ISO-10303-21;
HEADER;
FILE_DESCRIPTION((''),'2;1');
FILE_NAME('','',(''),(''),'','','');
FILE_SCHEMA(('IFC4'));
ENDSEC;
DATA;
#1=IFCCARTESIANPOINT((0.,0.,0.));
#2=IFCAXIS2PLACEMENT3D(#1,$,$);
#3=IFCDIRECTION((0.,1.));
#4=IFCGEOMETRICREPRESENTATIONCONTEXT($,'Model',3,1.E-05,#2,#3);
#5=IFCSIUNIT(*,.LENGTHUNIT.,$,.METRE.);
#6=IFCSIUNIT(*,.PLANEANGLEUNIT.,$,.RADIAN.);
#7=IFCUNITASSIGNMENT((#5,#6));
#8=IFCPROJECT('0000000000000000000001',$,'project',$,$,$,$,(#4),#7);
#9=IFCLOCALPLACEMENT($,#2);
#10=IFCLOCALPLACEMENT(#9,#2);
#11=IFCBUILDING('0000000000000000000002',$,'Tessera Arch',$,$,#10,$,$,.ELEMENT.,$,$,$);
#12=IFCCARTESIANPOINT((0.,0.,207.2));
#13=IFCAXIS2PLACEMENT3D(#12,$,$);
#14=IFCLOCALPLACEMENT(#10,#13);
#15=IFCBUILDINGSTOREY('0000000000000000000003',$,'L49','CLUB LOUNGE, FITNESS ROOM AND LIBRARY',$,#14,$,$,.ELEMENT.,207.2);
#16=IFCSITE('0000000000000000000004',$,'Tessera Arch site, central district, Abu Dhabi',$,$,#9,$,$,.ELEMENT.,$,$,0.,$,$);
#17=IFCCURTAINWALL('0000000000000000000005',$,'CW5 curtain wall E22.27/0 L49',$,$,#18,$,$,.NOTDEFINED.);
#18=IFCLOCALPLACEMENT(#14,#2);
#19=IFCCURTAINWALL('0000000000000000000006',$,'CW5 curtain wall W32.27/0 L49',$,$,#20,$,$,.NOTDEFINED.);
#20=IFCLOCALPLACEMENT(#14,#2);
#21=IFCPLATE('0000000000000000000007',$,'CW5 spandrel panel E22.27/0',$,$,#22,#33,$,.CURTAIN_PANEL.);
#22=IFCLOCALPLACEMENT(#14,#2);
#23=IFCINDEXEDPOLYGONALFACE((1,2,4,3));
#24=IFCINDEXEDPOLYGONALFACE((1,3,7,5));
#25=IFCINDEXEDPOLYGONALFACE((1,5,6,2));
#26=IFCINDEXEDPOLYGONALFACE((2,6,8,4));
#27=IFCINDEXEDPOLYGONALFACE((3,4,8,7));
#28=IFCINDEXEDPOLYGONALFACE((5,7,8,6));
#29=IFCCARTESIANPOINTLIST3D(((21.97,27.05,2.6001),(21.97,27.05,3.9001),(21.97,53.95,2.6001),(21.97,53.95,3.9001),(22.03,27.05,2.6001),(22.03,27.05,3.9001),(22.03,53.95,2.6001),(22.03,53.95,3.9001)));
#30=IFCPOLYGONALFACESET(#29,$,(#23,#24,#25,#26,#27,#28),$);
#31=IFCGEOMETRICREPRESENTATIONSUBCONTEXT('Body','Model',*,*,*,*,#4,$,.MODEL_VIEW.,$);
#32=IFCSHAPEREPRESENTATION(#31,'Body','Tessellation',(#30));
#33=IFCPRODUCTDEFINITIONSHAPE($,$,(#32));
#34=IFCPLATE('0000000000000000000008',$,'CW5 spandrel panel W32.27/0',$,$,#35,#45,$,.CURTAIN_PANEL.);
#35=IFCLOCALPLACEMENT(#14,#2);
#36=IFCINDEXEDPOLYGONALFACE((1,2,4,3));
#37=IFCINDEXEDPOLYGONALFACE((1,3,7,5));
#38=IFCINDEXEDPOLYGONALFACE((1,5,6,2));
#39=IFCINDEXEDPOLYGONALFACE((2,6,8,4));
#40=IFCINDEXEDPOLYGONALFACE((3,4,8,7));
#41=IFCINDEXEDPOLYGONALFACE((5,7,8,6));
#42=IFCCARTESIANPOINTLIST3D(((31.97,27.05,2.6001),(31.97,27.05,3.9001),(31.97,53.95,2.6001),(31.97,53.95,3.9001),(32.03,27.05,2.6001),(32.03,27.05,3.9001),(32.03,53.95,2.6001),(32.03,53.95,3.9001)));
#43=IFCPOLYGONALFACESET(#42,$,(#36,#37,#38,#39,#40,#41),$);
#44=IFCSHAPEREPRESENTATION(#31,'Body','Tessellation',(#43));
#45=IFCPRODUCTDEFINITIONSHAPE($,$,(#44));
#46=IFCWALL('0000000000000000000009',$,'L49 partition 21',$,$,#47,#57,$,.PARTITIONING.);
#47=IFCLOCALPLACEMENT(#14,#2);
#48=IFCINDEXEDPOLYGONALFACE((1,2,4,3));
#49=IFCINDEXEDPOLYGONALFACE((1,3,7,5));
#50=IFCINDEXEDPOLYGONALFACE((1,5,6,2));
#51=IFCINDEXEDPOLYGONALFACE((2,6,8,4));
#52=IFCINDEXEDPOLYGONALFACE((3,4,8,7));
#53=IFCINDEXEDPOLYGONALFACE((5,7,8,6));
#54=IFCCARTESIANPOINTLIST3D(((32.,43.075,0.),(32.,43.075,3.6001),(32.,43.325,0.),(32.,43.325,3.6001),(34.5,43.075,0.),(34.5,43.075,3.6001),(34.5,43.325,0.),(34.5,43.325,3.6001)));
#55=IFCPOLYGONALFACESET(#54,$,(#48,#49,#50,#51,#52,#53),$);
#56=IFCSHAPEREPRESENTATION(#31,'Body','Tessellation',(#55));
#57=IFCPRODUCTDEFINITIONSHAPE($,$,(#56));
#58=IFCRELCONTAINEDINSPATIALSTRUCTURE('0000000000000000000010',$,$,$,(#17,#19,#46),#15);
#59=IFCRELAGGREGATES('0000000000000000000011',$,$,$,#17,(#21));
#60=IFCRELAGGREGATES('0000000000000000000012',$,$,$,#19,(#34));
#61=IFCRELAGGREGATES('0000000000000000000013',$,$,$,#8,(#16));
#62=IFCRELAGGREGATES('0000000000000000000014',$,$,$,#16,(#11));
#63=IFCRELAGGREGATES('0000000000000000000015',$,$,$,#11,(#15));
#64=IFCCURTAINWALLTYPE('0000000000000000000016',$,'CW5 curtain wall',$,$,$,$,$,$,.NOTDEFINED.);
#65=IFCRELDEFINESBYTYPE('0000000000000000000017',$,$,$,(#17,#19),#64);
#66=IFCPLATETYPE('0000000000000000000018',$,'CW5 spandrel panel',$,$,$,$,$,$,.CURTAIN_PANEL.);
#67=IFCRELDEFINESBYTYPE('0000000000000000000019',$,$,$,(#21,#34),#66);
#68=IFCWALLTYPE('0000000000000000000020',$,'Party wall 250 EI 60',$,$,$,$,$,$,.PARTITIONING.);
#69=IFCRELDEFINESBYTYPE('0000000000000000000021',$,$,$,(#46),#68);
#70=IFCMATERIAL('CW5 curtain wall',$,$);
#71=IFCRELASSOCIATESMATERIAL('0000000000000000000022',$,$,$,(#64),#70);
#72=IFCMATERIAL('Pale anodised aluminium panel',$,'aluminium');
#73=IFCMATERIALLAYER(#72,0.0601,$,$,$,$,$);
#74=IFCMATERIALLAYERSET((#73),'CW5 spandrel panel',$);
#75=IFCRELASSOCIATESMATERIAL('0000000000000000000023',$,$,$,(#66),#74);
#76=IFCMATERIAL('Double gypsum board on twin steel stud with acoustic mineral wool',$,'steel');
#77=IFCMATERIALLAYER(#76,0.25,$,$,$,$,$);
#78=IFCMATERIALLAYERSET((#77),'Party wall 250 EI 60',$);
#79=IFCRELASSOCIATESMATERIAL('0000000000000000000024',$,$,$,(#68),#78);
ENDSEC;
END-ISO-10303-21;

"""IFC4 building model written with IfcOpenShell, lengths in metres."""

from ifc_helpers import new_model, si_unit, direction, frame, frame_2d, origin, origin_2d, place, context, subcontext, project, spatial, rectangle, extrude, material, layer, layer_set, type_object, element, aggregate, save


model = new_model("IFC4")

# Units and contexts
model_context = context("Model", 3, precision=1e-05, world=origin(), true_north=direction((0.0, 1.0)))
body_context = subcontext(model_context, "Body", "Model", "MODEL_VIEW")
ifc_project = project(units=[si_unit("LENGTHUNIT", "METRE"), si_unit("PLANEANGLEUNIT", "RADIAN")], contexts=[model_context])

# Site, building, storey
site_placement = place(None, origin())
site = spatial("IfcSite", under=ifc_project, at=site_placement, Name="Tessera Arch site, central district, Abu Dhabi", CompositionType="ELEMENT", RefElevation=0.0)
building_placement = place(site_placement, origin())
building = spatial("IfcBuilding", under=site, at=building_placement, Name="Tessera Arch", CompositionType="ELEMENT")
storey_placement = place(building_placement, frame((0.0, 0.0, 207.2)))
storey = spatial("IfcBuildingStorey", under=building, at=storey_placement, Name="L49", Description="CLUB LOUNGE, FITNESS ROOM AND LIBRARY", CompositionType="ELEMENT", Elevation=207.2)

# Curtain walls
ifc_material_1 = material(Name="CW5 curtain wall")
curtain_wall_type_1 = type_object("IfcCurtainWallType", Name="CW5 curtain wall", PredefinedType="NOTDEFINED", material=ifc_material_1)
curtain_wall_1_placement = place(storey_placement, origin())
curtain_wall_1 = element("IfcCurtainWall", 1, at=curtain_wall_1_placement, inside=storey, type_object=curtain_wall_type_1, Name="CW5 curtain wall E22.27/0 L49", PredefinedType="NOTDEFINED")
curtain_wall_2_placement = place(storey_placement, origin())
curtain_wall_2 = element("IfcCurtainWall", 2, at=curtain_wall_2_placement, inside=storey, type_object=curtain_wall_type_1, Name="CW5 curtain wall W32.27/0 L49", PredefinedType="NOTDEFINED")

# Plates
ifc_material_2 = material(Name="Pale anodised aluminium panel", Category="aluminium")
ifc_layer_1 = layer(ifc_material_2, 0.0601)
ifc_layer_set_1 = layer_set([ifc_layer_1], Name="CW5 spandrel panel")
plate_type_1 = type_object("IfcPlateType", Name="CW5 spandrel panel", PredefinedType="CURTAIN_PANEL", material=ifc_layer_set_1)
plate_1_placement = place(storey_placement, frame((22.0, 40.5, 2.6001), z_axis=(0.0, 0.0, 1.0), x_axis=(0.0, 1.0, 0.0)))
plate_1 = element("IfcPlate", 3, at=plate_1_placement, type_object=plate_type_1, Name="CW5 spandrel panel E22.27/0", PredefinedType="CURTAIN_PANEL", context=body_context, shape_type="SweptSolid", body=[
    extrude(rectangle(XDim=26.8999, YDim=0.0601, at=origin_2d()), origin(), (0.0, 0.0, 1.0), 1.3),
])
aggregate(curtain_wall_1, [plate_1])
plate_2_placement = place(storey_placement, frame((32.0, 40.5, 2.6001), z_axis=(0.0, 0.0, 1.0), x_axis=(0.0, -1.0, 0.0)))
plate_2 = element("IfcPlate", 4, at=plate_2_placement, type_object=plate_type_1, Name="CW5 spandrel panel W32.27/0", PredefinedType="CURTAIN_PANEL", context=body_context, shape_type="SweptSolid", body=[
    extrude(rectangle(XDim=26.8999, YDim=0.0601, at=origin_2d()), origin(), (0.0, 0.0, 1.0), 1.3),
])
aggregate(curtain_wall_2, [plate_2])

# Wall
ifc_material_3 = material(Name="Double gypsum board on twin steel stud with acoustic mineral wool", Category="steel")
ifc_layer_2 = layer(ifc_material_3, 0.25)
ifc_layer_set_2 = layer_set([ifc_layer_2], Name="Party wall 250 EI 60")
wall_type = type_object("IfcWallType", Name="Party wall 250 EI 60", PredefinedType="PARTITIONING", material=ifc_layer_set_2)
wall_placement = place(storey_placement, frame((32.0, 43.2, 0.0), z_axis=(0.0, 0.0, 1.0), x_axis=(1.0, 0.0, 0.0)))
element("IfcWall", 5, at=wall_placement, inside=storey, type_object=wall_type, Name="L49 partition 21", PredefinedType="PARTITIONING", context=body_context, shape_type="SweptSolid", body=[
    extrude(rectangle(XDim=2.5, YDim=0.25, at=frame_2d((1.25, 0.0))), origin(), (0.0, 0.0, 1.0), 3.6001),
])

save(model, "model.ifc")
